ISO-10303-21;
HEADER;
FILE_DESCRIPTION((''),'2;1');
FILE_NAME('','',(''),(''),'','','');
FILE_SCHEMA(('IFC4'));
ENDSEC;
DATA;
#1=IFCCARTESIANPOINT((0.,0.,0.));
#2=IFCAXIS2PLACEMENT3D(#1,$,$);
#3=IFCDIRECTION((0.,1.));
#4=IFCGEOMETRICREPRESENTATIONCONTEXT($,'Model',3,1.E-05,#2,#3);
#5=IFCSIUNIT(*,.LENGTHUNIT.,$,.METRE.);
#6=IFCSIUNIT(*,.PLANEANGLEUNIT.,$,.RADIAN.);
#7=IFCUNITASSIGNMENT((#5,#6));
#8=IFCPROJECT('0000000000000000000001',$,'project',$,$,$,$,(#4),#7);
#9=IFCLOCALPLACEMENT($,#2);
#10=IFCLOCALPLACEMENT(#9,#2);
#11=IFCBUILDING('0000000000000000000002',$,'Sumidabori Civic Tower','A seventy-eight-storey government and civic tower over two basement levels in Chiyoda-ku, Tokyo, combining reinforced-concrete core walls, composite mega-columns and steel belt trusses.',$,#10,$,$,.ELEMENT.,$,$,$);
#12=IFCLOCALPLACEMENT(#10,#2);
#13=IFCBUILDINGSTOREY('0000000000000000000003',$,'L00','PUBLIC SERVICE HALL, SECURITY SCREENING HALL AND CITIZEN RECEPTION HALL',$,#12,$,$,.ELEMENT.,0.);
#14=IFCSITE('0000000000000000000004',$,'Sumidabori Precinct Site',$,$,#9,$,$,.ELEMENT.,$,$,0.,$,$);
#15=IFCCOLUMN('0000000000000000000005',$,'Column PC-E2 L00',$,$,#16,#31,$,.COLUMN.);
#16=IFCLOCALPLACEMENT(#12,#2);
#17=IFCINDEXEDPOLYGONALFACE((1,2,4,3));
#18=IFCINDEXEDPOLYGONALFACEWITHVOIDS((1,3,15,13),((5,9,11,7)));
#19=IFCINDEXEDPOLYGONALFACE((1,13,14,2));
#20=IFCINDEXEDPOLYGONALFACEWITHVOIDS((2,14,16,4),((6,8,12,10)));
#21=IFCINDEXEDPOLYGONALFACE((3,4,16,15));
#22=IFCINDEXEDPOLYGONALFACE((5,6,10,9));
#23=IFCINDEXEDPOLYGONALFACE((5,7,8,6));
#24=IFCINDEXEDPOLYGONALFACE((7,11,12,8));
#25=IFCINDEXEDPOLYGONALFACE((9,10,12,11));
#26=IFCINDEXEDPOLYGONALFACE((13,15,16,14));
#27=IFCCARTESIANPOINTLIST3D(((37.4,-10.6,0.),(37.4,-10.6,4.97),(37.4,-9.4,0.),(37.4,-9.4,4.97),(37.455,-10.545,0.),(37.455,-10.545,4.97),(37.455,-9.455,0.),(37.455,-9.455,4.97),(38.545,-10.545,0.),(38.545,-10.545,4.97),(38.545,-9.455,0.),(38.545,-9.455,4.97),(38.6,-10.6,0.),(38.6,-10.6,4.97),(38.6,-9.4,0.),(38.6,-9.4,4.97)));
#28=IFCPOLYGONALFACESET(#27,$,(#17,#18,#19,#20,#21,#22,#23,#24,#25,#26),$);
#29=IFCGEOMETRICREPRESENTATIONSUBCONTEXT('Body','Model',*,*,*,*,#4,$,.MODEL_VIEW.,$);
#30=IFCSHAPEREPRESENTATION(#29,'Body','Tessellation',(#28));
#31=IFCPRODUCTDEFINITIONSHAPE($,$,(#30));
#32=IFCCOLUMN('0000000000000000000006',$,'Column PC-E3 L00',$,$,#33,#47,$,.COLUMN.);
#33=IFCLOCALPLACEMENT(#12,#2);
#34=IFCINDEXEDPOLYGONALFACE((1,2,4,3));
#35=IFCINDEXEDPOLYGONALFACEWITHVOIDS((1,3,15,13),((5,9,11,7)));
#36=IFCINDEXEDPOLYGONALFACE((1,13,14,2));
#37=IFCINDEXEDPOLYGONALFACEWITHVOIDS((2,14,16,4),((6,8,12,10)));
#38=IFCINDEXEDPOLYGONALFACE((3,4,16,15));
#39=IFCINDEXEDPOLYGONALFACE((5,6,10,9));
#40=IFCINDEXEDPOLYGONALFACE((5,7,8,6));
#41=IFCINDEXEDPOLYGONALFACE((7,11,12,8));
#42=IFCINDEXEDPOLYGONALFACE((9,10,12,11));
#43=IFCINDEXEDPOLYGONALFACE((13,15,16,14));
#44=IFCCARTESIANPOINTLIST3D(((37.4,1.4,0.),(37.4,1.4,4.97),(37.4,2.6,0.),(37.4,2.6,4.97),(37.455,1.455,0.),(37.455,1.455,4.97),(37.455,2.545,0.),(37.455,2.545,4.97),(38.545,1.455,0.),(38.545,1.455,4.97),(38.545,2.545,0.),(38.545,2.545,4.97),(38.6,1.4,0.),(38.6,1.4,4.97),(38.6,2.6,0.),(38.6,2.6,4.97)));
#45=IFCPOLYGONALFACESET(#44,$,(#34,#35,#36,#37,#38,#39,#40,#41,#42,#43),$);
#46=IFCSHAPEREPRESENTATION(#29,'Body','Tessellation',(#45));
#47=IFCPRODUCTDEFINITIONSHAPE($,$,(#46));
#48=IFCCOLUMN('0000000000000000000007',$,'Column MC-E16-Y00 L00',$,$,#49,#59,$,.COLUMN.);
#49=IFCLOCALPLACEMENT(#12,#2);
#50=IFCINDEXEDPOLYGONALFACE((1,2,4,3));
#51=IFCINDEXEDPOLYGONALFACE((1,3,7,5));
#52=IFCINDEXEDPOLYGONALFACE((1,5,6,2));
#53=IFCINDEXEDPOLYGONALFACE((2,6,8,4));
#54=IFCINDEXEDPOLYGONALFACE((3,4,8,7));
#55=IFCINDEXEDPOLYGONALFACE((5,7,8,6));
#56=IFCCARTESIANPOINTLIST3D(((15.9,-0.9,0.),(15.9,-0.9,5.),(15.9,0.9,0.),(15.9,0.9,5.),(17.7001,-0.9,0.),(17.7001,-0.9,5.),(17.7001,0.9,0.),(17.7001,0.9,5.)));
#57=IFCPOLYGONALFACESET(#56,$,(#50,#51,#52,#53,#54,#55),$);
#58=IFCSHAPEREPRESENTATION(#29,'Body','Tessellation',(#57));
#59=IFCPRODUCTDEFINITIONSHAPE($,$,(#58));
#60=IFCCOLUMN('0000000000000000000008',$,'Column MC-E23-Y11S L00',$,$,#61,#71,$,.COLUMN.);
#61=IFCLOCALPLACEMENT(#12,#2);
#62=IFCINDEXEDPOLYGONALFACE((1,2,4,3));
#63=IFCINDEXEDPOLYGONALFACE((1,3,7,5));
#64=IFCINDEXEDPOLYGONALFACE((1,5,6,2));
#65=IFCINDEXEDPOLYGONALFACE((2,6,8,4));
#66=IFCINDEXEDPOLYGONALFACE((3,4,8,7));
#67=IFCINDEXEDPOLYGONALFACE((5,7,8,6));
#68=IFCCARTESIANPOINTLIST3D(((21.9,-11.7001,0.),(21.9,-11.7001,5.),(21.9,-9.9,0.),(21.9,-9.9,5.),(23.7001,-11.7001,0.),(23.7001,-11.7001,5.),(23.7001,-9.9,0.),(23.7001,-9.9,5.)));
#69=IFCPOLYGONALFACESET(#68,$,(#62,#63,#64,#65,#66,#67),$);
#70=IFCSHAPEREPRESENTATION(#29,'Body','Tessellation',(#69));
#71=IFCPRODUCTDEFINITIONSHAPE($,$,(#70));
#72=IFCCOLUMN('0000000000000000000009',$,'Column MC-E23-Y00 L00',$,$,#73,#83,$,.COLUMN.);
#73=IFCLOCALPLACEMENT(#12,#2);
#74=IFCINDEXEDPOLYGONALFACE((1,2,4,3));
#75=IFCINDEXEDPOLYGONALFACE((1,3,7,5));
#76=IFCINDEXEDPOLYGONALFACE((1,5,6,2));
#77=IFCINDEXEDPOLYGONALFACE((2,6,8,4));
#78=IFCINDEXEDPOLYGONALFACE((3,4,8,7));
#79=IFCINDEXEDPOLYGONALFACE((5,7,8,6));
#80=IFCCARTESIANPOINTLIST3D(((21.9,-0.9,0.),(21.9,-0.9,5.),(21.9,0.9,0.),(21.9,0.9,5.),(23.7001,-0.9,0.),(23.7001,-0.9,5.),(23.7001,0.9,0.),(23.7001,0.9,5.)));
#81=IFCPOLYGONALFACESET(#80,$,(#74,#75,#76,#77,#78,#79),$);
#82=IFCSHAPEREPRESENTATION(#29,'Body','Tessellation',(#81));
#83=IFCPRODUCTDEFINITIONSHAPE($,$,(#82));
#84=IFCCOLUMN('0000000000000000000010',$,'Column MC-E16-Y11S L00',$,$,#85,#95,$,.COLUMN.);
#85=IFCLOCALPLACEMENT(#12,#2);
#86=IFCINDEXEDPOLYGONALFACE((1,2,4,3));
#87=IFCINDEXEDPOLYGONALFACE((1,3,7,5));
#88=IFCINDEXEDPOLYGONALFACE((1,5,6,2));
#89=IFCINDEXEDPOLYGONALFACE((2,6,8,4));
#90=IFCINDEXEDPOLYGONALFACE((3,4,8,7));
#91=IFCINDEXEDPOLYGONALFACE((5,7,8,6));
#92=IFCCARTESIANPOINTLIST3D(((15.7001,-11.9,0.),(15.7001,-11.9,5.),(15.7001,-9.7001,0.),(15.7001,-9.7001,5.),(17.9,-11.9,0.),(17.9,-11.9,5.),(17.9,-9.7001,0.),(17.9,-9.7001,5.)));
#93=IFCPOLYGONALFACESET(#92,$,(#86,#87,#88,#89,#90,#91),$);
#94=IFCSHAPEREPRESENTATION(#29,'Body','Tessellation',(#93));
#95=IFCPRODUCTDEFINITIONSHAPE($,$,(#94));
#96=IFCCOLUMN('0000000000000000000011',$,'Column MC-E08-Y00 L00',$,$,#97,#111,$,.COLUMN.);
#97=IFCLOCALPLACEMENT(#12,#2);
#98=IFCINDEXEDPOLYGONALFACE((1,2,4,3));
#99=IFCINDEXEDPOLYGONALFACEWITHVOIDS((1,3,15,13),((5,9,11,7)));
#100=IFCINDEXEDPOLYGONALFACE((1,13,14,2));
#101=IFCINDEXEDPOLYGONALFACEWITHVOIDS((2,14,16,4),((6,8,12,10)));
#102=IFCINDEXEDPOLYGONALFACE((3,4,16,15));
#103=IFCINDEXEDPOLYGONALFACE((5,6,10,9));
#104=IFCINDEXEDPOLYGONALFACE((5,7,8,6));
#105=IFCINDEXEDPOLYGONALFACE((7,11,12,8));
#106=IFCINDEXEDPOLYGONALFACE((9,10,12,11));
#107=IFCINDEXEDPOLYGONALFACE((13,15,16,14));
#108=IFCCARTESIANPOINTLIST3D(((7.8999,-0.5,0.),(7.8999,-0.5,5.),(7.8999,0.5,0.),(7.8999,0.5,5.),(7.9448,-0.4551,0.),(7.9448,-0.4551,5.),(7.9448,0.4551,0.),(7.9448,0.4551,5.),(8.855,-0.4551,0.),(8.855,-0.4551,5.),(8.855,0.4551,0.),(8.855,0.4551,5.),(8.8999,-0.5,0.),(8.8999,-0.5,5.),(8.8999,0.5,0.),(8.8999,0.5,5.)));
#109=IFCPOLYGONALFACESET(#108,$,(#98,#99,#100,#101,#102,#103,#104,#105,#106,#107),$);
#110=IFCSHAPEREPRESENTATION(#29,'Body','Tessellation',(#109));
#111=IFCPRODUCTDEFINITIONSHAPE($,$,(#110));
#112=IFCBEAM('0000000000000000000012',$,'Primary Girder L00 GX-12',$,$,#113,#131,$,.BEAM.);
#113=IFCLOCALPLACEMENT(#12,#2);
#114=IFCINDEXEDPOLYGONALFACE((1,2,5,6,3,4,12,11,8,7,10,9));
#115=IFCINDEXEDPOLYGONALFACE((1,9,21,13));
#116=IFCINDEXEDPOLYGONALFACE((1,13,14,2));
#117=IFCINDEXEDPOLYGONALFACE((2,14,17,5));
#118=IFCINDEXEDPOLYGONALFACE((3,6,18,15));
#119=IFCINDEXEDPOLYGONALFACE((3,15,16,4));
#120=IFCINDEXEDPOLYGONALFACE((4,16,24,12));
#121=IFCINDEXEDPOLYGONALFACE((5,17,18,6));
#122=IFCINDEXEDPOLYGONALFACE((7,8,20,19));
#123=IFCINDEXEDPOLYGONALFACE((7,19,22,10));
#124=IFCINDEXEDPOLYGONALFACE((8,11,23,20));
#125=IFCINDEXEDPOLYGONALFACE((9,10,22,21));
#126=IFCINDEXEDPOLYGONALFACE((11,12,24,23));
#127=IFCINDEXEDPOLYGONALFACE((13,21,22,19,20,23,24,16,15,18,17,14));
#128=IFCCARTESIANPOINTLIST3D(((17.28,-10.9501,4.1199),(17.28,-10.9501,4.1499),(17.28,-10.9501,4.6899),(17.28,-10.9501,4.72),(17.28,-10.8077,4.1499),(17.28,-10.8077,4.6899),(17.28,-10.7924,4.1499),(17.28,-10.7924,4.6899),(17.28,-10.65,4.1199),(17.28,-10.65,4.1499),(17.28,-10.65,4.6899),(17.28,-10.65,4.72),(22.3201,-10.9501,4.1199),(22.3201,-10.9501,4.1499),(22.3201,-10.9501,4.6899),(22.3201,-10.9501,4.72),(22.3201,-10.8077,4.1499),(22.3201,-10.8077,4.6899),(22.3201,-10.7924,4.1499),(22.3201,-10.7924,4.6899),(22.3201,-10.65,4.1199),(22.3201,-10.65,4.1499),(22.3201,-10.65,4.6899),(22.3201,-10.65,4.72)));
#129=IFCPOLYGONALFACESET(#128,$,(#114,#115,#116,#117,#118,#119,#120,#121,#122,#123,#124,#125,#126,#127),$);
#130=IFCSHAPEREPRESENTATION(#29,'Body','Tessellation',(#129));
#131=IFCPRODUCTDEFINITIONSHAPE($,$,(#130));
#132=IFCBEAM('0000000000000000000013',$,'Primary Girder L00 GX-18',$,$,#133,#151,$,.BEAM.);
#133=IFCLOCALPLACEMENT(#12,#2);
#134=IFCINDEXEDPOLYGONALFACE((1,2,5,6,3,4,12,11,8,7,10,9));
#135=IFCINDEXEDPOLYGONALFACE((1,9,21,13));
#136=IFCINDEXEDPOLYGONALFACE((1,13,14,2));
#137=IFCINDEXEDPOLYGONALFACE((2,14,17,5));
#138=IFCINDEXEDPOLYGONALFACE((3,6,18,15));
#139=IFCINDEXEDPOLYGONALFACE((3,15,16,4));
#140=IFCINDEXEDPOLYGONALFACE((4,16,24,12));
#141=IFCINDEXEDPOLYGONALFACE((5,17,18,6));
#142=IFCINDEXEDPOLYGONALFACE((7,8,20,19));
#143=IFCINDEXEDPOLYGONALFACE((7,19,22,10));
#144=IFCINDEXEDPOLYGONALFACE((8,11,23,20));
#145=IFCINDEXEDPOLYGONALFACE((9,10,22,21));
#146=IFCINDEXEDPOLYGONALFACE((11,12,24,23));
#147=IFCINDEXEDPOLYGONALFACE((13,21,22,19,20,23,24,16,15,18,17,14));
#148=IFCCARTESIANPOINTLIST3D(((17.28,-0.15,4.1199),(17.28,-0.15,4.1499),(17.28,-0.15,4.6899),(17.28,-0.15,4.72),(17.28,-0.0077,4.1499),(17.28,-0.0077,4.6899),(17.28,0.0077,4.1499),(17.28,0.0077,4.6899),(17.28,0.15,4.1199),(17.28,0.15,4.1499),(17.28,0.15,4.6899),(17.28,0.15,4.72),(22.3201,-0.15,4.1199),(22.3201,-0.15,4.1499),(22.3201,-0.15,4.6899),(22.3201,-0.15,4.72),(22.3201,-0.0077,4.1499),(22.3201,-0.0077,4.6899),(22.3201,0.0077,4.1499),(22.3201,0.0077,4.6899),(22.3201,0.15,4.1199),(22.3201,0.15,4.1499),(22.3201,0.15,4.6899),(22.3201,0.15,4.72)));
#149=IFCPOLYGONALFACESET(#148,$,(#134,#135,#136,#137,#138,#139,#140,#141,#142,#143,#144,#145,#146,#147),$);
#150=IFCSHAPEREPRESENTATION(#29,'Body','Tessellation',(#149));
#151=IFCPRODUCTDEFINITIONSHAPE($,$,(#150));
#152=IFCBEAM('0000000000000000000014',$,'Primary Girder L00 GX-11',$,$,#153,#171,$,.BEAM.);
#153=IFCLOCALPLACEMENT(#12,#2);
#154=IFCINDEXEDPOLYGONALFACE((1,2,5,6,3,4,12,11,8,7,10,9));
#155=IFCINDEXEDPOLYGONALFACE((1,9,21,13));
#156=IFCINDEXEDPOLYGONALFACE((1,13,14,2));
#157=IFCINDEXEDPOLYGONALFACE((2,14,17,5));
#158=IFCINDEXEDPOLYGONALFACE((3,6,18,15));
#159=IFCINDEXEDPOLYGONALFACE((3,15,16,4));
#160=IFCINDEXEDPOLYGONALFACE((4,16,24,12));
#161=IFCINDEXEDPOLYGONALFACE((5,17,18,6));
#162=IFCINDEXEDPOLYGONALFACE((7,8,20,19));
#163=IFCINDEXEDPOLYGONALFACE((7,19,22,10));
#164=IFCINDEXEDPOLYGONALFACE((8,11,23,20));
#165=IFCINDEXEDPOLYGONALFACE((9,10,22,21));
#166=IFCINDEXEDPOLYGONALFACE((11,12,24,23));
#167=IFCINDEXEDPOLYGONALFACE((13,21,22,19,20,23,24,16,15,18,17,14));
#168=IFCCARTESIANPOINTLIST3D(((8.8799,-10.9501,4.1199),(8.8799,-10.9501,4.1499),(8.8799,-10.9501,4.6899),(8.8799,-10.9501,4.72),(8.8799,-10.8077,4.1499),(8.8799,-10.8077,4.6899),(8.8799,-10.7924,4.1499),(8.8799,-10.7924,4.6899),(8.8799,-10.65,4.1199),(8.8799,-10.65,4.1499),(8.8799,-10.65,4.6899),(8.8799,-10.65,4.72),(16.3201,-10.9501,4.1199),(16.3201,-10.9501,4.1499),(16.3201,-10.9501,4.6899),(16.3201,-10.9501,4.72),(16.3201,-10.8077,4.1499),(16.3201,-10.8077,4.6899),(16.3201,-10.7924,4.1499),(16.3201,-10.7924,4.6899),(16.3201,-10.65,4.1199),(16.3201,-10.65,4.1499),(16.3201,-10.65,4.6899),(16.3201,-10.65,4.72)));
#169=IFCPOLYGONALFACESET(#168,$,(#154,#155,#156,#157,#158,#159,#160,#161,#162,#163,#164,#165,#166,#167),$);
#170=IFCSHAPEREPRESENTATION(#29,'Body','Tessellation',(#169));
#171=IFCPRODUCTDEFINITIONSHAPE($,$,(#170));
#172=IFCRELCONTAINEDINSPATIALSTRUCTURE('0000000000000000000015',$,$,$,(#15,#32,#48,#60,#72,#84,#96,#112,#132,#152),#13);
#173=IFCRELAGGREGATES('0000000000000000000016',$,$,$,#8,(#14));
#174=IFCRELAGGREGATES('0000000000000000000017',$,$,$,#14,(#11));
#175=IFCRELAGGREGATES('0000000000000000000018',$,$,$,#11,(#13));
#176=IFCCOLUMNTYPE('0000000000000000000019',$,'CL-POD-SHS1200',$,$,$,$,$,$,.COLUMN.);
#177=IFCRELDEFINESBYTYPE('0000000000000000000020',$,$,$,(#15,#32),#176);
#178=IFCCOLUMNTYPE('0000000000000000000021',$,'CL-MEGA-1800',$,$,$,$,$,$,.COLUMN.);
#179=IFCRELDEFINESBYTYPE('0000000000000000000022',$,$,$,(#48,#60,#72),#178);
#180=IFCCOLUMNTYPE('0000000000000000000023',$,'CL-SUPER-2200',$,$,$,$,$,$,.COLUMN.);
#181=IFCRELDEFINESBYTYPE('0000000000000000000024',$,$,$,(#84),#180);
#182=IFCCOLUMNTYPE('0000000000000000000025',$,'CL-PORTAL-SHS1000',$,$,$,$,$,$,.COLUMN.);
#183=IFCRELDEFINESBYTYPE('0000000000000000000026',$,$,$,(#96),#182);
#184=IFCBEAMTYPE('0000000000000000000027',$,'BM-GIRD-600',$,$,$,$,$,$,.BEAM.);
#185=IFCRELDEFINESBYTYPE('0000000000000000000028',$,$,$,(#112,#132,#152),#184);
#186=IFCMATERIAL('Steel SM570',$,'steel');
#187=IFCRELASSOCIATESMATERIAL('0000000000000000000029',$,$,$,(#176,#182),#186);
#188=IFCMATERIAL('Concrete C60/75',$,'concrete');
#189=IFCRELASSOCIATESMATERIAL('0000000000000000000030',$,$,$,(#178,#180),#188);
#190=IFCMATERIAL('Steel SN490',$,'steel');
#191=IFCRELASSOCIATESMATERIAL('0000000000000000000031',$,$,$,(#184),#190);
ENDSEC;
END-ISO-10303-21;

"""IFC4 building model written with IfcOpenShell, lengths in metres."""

from ifc_helpers import new_model, si_unit, direction, frame, origin, origin_2d, place, context, subcontext, project, spatial, rectangle, hollow_rectangle, i_section, extrude, source, transform, mapped, material, material_profile, profile_set, type_object, element, save


model = new_model("IFC4")

# Units and contexts
model_context = context("Model", 3, precision=1e-05, world=origin(), true_north=direction((0.0, 1.0)))
body_context = subcontext(model_context, "Body", "Model", "MODEL_VIEW")
ifc_project = project(units=[si_unit("LENGTHUNIT", "METRE"), si_unit("PLANEANGLEUNIT", "RADIAN")], contexts=[model_context])

# Site, building, storey
site_placement = place(None, origin())
site = spatial("IfcSite", under=ifc_project, at=site_placement, Name="Sumidabori Precinct Site", CompositionType="ELEMENT", RefElevation=0.0)
building_placement = place(site_placement, origin())
building = spatial("IfcBuilding", under=site, at=building_placement, Name="Sumidabori Civic Tower", Description="A seventy-eight-storey government and civic tower over two basement levels in Chiyoda-ku, Tokyo, combining reinforced-concrete core walls, composite mega-columns and steel belt trusses.", CompositionType="ELEMENT")
storey_placement = place(building_placement, origin())
storey = spatial("IfcBuildingStorey", under=building, at=storey_placement, Name="L00", Description="PUBLIC SERVICE HALL, SECURITY SCREENING HALL AND CITIZEN RECEPTION HALL", CompositionType="ELEMENT", Elevation=0.0)

# Columns
ifc_material_1 = material(Name="Steel SM570", Category="steel")
ifc_material_profile_1 = material_profile(ifc_material_1, hollow_rectangle(XDim=1.2, YDim=1.2, WallThickness=0.0549, at=origin_2d()), Name="SHS 1200x1200x55")
ifc_profile_set_1 = profile_set([ifc_material_profile_1], Name="Steel SM570")
column_type_1 = type_object("IfcColumnType", Name="CL-POD-SHS1200", PredefinedType="COLUMN", material=ifc_profile_set_1)
shared_shape_1 = source(origin(), body_context, "Body", "SweptSolid", [
    extrude(hollow_rectangle(XDim=1.2, YDim=1.2, WallThickness=0.0549, at=origin_2d()), origin(), (0.0, 0.0, 1.0), 4.97),
])
for number, where, z_axis, x_axis, name in (
    (1, (38.0, -10.0, 0.0), (0.0, 0.0, 1.0), (1.0, 0.0, 0.0), "Column PC-E2 L00"),
    (2, (38.0, 2.0, 0.0), (0.0, 0.0, 1.0), (1.0, 0.0, 0.0), "Column PC-E3 L00"),
):
    element("IfcColumn", number, at=place(storey_placement, frame(where, z_axis=z_axis, x_axis=x_axis)), inside=storey, type_object=column_type_1, Name=name, PredefinedType="COLUMN", context=body_context, shape_type="MappedRepresentation", body=[
        mapped(shared_shape_1, transform((0.0, 0.0, 0.0), x_axis=(1.0, 0.0, 0.0), y_axis=(0.0, 1.0, 0.0), z_axis=(0.0, 0.0, 1.0), scale=1.0)),
    ])
ifc_material_2 = material(Name="Concrete C60/75", Category="concrete")
ifc_material_profile_2 = material_profile(ifc_material_2, rectangle(XDim=1.8, YDim=1.8, at=origin_2d()), Name="RC 1800x1800")
ifc_profile_set_2 = profile_set([ifc_material_profile_2], Name="Concrete C60/75")
column_type_2 = type_object("IfcColumnType", Name="CL-MEGA-1800", PredefinedType="COLUMN", material=ifc_profile_set_2)
shared_shape_2 = source(origin(), body_context, "Body", "SweptSolid", [
    extrude(rectangle(XDim=1.8, YDim=1.8, at=origin_2d()), origin(), (0.0, 0.0, 1.0), 5.0),
])
for number, where, z_axis, x_axis, name in (
    (3, (16.8, 0.0, 0.0), (0.0, 0.0, 1.0), (1.0, 0.0, 0.0), "Column MC-E16-Y00 L00"),
    (4, (22.8, -10.8, 0.0), (0.0, 0.0, 1.0), (1.0, 0.0, 0.0), "Column MC-E23-Y11S L00"),
    (5, (22.8, 0.0, 0.0), (0.0, 0.0, 1.0), (1.0, 0.0, 0.0), "Column MC-E23-Y00 L00"),
):
    element("IfcColumn", number, at=place(storey_placement, frame(where, z_axis=z_axis, x_axis=x_axis)), inside=storey, type_object=column_type_2, Name=name, PredefinedType="COLUMN", context=body_context, shape_type="MappedRepresentation", body=[
        mapped(shared_shape_2, transform((0.0, 0.0, 0.0), x_axis=(1.0, 0.0, 0.0), y_axis=(0.0, 1.0, 0.0), z_axis=(0.0, 0.0, 1.0), scale=1.0)),
    ])
ifc_material_profile_3 = material_profile(ifc_material_2, rectangle(XDim=2.2, YDim=2.2, at=origin_2d()), Name="RC 2200x2200")
ifc_profile_set_3 = profile_set([ifc_material_profile_3], Name="Concrete C60/75")
column_type_3 = type_object("IfcColumnType", Name="CL-SUPER-2200", PredefinedType="COLUMN", material=ifc_profile_set_3)
shared_shape_3 = source(origin(), body_context, "Body", "SweptSolid", [
    extrude(rectangle(XDim=2.2, YDim=2.2, at=origin_2d()), origin(), (0.0, 0.0, 1.0), 5.0),
])
column_1_placement = place(storey_placement, frame((16.8, -10.8, 0.0), z_axis=(0.0, 0.0, 1.0), x_axis=(1.0, 0.0, 0.0)))
element("IfcColumn", 6, at=column_1_placement, inside=storey, type_object=column_type_3, Name="Column MC-E16-Y11S L00", PredefinedType="COLUMN", context=body_context, shape_type="MappedRepresentation", body=[
    mapped(shared_shape_3, transform((0.0, 0.0, 0.0), x_axis=(1.0, 0.0, 0.0), y_axis=(0.0, 1.0, 0.0), z_axis=(0.0, 0.0, 1.0), scale=1.0)),
])
ifc_material_profile_4 = material_profile(ifc_material_1, hollow_rectangle(XDim=1.0, YDim=1.0, WallThickness=0.0449, at=origin_2d()), Name="SHS 1000x1000x45")
ifc_profile_set_4 = profile_set([ifc_material_profile_4], Name="Steel SM570")
column_type_4 = type_object("IfcColumnType", Name="CL-PORTAL-SHS1000", PredefinedType="COLUMN", material=ifc_profile_set_4)
shared_shape_4 = source(origin(), body_context, "Body", "SweptSolid", [
    extrude(hollow_rectangle(XDim=1.0, YDim=1.0, WallThickness=0.0449, at=origin_2d()), origin(), (0.0, 0.0, 1.0), 5.0),
])
column_2_placement = place(storey_placement, frame((8.3999, 0.0, 0.0), z_axis=(0.0, 0.0, 1.0), x_axis=(1.0, 0.0, 0.0)))
element("IfcColumn", 7, at=column_2_placement, inside=storey, type_object=column_type_4, Name="Column MC-E08-Y00 L00", PredefinedType="COLUMN", context=body_context, shape_type="MappedRepresentation", body=[
    mapped(shared_shape_4, transform((0.0, 0.0, 0.0), x_axis=(1.0, 0.0, 0.0), y_axis=(0.0, 1.0, 0.0), z_axis=(0.0, 0.0, 1.0), scale=1.0)),
])

# Beams
ifc_material_3 = material(Name="Steel SN490", Category="steel")
ifc_material_profile_5 = material_profile(ifc_material_3, i_section(OverallWidth=0.3, OverallDepth=0.6001, WebThickness=0.0154, FlangeThickness=0.03, at=origin_2d()), Name="HE 600 B")
ifc_profile_set_5 = profile_set([ifc_material_profile_5], Name="Steel SN490")
beam_type = type_object("IfcBeamType", Name="BM-GIRD-600", PredefinedType="BEAM", material=ifc_profile_set_5)
shared_shape_5 = source(origin(), body_context, "Body", "SweptSolid", [
    extrude(i_section(OverallWidth=0.3, OverallDepth=0.6001, WebThickness=0.0154, FlangeThickness=0.03, at=origin_2d()), origin(), (0.0, 0.0, 1.0), 5.04),
])
for number, where, z_axis, x_axis, name in (
    (8, (17.28, -10.8, 4.4199), (1.0, 0.0, 0.0), (0.0, 1.0, 0.0), "Primary Girder L00 GX-12"),
    (9, (17.28, 0.0, 4.4199), (1.0, 0.0, 0.0), (0.0, 1.0, 0.0), "Primary Girder L00 GX-18"),
):
    element("IfcBeam", number, at=place(storey_placement, frame(where, z_axis=z_axis, x_axis=x_axis)), inside=storey, type_object=beam_type, Name=name, PredefinedType="BEAM", context=body_context, shape_type="MappedRepresentation", body=[
        mapped(shared_shape_5, transform((0.0, 0.0, 0.0), x_axis=(1.0, 0.0, 0.0), y_axis=(0.0, 1.0, 0.0), z_axis=(0.0, 0.0, 1.0), scale=1.0)),
    ])
shared_shape_6 = source(origin(), body_context, "Body", "SweptSolid", [
    extrude(i_section(OverallWidth=0.3, OverallDepth=0.6001, WebThickness=0.0154, FlangeThickness=0.03, at=origin_2d()), origin(), (0.0, 0.0, 1.0), 7.4402),
])
for number, where, z_axis, x_axis, name in (
    (10, (8.8799, -10.8, 4.4199), (1.0, 0.0, 0.0), (0.0, 1.0, 0.0), "Primary Girder L00 GX-11"),
):
    element("IfcBeam", number, at=place(storey_placement, frame(where, z_axis=z_axis, x_axis=x_axis)), inside=storey, type_object=beam_type, Name=name, PredefinedType="BEAM", context=body_context, shape_type="MappedRepresentation", body=[
        mapped(shared_shape_6, transform((0.0, 0.0, 0.0), x_axis=(1.0, 0.0, 0.0), y_axis=(0.0, 1.0, 0.0), z_axis=(0.0, 0.0, 1.0), scale=1.0)),
    ])

save(model, "model.ifc")
